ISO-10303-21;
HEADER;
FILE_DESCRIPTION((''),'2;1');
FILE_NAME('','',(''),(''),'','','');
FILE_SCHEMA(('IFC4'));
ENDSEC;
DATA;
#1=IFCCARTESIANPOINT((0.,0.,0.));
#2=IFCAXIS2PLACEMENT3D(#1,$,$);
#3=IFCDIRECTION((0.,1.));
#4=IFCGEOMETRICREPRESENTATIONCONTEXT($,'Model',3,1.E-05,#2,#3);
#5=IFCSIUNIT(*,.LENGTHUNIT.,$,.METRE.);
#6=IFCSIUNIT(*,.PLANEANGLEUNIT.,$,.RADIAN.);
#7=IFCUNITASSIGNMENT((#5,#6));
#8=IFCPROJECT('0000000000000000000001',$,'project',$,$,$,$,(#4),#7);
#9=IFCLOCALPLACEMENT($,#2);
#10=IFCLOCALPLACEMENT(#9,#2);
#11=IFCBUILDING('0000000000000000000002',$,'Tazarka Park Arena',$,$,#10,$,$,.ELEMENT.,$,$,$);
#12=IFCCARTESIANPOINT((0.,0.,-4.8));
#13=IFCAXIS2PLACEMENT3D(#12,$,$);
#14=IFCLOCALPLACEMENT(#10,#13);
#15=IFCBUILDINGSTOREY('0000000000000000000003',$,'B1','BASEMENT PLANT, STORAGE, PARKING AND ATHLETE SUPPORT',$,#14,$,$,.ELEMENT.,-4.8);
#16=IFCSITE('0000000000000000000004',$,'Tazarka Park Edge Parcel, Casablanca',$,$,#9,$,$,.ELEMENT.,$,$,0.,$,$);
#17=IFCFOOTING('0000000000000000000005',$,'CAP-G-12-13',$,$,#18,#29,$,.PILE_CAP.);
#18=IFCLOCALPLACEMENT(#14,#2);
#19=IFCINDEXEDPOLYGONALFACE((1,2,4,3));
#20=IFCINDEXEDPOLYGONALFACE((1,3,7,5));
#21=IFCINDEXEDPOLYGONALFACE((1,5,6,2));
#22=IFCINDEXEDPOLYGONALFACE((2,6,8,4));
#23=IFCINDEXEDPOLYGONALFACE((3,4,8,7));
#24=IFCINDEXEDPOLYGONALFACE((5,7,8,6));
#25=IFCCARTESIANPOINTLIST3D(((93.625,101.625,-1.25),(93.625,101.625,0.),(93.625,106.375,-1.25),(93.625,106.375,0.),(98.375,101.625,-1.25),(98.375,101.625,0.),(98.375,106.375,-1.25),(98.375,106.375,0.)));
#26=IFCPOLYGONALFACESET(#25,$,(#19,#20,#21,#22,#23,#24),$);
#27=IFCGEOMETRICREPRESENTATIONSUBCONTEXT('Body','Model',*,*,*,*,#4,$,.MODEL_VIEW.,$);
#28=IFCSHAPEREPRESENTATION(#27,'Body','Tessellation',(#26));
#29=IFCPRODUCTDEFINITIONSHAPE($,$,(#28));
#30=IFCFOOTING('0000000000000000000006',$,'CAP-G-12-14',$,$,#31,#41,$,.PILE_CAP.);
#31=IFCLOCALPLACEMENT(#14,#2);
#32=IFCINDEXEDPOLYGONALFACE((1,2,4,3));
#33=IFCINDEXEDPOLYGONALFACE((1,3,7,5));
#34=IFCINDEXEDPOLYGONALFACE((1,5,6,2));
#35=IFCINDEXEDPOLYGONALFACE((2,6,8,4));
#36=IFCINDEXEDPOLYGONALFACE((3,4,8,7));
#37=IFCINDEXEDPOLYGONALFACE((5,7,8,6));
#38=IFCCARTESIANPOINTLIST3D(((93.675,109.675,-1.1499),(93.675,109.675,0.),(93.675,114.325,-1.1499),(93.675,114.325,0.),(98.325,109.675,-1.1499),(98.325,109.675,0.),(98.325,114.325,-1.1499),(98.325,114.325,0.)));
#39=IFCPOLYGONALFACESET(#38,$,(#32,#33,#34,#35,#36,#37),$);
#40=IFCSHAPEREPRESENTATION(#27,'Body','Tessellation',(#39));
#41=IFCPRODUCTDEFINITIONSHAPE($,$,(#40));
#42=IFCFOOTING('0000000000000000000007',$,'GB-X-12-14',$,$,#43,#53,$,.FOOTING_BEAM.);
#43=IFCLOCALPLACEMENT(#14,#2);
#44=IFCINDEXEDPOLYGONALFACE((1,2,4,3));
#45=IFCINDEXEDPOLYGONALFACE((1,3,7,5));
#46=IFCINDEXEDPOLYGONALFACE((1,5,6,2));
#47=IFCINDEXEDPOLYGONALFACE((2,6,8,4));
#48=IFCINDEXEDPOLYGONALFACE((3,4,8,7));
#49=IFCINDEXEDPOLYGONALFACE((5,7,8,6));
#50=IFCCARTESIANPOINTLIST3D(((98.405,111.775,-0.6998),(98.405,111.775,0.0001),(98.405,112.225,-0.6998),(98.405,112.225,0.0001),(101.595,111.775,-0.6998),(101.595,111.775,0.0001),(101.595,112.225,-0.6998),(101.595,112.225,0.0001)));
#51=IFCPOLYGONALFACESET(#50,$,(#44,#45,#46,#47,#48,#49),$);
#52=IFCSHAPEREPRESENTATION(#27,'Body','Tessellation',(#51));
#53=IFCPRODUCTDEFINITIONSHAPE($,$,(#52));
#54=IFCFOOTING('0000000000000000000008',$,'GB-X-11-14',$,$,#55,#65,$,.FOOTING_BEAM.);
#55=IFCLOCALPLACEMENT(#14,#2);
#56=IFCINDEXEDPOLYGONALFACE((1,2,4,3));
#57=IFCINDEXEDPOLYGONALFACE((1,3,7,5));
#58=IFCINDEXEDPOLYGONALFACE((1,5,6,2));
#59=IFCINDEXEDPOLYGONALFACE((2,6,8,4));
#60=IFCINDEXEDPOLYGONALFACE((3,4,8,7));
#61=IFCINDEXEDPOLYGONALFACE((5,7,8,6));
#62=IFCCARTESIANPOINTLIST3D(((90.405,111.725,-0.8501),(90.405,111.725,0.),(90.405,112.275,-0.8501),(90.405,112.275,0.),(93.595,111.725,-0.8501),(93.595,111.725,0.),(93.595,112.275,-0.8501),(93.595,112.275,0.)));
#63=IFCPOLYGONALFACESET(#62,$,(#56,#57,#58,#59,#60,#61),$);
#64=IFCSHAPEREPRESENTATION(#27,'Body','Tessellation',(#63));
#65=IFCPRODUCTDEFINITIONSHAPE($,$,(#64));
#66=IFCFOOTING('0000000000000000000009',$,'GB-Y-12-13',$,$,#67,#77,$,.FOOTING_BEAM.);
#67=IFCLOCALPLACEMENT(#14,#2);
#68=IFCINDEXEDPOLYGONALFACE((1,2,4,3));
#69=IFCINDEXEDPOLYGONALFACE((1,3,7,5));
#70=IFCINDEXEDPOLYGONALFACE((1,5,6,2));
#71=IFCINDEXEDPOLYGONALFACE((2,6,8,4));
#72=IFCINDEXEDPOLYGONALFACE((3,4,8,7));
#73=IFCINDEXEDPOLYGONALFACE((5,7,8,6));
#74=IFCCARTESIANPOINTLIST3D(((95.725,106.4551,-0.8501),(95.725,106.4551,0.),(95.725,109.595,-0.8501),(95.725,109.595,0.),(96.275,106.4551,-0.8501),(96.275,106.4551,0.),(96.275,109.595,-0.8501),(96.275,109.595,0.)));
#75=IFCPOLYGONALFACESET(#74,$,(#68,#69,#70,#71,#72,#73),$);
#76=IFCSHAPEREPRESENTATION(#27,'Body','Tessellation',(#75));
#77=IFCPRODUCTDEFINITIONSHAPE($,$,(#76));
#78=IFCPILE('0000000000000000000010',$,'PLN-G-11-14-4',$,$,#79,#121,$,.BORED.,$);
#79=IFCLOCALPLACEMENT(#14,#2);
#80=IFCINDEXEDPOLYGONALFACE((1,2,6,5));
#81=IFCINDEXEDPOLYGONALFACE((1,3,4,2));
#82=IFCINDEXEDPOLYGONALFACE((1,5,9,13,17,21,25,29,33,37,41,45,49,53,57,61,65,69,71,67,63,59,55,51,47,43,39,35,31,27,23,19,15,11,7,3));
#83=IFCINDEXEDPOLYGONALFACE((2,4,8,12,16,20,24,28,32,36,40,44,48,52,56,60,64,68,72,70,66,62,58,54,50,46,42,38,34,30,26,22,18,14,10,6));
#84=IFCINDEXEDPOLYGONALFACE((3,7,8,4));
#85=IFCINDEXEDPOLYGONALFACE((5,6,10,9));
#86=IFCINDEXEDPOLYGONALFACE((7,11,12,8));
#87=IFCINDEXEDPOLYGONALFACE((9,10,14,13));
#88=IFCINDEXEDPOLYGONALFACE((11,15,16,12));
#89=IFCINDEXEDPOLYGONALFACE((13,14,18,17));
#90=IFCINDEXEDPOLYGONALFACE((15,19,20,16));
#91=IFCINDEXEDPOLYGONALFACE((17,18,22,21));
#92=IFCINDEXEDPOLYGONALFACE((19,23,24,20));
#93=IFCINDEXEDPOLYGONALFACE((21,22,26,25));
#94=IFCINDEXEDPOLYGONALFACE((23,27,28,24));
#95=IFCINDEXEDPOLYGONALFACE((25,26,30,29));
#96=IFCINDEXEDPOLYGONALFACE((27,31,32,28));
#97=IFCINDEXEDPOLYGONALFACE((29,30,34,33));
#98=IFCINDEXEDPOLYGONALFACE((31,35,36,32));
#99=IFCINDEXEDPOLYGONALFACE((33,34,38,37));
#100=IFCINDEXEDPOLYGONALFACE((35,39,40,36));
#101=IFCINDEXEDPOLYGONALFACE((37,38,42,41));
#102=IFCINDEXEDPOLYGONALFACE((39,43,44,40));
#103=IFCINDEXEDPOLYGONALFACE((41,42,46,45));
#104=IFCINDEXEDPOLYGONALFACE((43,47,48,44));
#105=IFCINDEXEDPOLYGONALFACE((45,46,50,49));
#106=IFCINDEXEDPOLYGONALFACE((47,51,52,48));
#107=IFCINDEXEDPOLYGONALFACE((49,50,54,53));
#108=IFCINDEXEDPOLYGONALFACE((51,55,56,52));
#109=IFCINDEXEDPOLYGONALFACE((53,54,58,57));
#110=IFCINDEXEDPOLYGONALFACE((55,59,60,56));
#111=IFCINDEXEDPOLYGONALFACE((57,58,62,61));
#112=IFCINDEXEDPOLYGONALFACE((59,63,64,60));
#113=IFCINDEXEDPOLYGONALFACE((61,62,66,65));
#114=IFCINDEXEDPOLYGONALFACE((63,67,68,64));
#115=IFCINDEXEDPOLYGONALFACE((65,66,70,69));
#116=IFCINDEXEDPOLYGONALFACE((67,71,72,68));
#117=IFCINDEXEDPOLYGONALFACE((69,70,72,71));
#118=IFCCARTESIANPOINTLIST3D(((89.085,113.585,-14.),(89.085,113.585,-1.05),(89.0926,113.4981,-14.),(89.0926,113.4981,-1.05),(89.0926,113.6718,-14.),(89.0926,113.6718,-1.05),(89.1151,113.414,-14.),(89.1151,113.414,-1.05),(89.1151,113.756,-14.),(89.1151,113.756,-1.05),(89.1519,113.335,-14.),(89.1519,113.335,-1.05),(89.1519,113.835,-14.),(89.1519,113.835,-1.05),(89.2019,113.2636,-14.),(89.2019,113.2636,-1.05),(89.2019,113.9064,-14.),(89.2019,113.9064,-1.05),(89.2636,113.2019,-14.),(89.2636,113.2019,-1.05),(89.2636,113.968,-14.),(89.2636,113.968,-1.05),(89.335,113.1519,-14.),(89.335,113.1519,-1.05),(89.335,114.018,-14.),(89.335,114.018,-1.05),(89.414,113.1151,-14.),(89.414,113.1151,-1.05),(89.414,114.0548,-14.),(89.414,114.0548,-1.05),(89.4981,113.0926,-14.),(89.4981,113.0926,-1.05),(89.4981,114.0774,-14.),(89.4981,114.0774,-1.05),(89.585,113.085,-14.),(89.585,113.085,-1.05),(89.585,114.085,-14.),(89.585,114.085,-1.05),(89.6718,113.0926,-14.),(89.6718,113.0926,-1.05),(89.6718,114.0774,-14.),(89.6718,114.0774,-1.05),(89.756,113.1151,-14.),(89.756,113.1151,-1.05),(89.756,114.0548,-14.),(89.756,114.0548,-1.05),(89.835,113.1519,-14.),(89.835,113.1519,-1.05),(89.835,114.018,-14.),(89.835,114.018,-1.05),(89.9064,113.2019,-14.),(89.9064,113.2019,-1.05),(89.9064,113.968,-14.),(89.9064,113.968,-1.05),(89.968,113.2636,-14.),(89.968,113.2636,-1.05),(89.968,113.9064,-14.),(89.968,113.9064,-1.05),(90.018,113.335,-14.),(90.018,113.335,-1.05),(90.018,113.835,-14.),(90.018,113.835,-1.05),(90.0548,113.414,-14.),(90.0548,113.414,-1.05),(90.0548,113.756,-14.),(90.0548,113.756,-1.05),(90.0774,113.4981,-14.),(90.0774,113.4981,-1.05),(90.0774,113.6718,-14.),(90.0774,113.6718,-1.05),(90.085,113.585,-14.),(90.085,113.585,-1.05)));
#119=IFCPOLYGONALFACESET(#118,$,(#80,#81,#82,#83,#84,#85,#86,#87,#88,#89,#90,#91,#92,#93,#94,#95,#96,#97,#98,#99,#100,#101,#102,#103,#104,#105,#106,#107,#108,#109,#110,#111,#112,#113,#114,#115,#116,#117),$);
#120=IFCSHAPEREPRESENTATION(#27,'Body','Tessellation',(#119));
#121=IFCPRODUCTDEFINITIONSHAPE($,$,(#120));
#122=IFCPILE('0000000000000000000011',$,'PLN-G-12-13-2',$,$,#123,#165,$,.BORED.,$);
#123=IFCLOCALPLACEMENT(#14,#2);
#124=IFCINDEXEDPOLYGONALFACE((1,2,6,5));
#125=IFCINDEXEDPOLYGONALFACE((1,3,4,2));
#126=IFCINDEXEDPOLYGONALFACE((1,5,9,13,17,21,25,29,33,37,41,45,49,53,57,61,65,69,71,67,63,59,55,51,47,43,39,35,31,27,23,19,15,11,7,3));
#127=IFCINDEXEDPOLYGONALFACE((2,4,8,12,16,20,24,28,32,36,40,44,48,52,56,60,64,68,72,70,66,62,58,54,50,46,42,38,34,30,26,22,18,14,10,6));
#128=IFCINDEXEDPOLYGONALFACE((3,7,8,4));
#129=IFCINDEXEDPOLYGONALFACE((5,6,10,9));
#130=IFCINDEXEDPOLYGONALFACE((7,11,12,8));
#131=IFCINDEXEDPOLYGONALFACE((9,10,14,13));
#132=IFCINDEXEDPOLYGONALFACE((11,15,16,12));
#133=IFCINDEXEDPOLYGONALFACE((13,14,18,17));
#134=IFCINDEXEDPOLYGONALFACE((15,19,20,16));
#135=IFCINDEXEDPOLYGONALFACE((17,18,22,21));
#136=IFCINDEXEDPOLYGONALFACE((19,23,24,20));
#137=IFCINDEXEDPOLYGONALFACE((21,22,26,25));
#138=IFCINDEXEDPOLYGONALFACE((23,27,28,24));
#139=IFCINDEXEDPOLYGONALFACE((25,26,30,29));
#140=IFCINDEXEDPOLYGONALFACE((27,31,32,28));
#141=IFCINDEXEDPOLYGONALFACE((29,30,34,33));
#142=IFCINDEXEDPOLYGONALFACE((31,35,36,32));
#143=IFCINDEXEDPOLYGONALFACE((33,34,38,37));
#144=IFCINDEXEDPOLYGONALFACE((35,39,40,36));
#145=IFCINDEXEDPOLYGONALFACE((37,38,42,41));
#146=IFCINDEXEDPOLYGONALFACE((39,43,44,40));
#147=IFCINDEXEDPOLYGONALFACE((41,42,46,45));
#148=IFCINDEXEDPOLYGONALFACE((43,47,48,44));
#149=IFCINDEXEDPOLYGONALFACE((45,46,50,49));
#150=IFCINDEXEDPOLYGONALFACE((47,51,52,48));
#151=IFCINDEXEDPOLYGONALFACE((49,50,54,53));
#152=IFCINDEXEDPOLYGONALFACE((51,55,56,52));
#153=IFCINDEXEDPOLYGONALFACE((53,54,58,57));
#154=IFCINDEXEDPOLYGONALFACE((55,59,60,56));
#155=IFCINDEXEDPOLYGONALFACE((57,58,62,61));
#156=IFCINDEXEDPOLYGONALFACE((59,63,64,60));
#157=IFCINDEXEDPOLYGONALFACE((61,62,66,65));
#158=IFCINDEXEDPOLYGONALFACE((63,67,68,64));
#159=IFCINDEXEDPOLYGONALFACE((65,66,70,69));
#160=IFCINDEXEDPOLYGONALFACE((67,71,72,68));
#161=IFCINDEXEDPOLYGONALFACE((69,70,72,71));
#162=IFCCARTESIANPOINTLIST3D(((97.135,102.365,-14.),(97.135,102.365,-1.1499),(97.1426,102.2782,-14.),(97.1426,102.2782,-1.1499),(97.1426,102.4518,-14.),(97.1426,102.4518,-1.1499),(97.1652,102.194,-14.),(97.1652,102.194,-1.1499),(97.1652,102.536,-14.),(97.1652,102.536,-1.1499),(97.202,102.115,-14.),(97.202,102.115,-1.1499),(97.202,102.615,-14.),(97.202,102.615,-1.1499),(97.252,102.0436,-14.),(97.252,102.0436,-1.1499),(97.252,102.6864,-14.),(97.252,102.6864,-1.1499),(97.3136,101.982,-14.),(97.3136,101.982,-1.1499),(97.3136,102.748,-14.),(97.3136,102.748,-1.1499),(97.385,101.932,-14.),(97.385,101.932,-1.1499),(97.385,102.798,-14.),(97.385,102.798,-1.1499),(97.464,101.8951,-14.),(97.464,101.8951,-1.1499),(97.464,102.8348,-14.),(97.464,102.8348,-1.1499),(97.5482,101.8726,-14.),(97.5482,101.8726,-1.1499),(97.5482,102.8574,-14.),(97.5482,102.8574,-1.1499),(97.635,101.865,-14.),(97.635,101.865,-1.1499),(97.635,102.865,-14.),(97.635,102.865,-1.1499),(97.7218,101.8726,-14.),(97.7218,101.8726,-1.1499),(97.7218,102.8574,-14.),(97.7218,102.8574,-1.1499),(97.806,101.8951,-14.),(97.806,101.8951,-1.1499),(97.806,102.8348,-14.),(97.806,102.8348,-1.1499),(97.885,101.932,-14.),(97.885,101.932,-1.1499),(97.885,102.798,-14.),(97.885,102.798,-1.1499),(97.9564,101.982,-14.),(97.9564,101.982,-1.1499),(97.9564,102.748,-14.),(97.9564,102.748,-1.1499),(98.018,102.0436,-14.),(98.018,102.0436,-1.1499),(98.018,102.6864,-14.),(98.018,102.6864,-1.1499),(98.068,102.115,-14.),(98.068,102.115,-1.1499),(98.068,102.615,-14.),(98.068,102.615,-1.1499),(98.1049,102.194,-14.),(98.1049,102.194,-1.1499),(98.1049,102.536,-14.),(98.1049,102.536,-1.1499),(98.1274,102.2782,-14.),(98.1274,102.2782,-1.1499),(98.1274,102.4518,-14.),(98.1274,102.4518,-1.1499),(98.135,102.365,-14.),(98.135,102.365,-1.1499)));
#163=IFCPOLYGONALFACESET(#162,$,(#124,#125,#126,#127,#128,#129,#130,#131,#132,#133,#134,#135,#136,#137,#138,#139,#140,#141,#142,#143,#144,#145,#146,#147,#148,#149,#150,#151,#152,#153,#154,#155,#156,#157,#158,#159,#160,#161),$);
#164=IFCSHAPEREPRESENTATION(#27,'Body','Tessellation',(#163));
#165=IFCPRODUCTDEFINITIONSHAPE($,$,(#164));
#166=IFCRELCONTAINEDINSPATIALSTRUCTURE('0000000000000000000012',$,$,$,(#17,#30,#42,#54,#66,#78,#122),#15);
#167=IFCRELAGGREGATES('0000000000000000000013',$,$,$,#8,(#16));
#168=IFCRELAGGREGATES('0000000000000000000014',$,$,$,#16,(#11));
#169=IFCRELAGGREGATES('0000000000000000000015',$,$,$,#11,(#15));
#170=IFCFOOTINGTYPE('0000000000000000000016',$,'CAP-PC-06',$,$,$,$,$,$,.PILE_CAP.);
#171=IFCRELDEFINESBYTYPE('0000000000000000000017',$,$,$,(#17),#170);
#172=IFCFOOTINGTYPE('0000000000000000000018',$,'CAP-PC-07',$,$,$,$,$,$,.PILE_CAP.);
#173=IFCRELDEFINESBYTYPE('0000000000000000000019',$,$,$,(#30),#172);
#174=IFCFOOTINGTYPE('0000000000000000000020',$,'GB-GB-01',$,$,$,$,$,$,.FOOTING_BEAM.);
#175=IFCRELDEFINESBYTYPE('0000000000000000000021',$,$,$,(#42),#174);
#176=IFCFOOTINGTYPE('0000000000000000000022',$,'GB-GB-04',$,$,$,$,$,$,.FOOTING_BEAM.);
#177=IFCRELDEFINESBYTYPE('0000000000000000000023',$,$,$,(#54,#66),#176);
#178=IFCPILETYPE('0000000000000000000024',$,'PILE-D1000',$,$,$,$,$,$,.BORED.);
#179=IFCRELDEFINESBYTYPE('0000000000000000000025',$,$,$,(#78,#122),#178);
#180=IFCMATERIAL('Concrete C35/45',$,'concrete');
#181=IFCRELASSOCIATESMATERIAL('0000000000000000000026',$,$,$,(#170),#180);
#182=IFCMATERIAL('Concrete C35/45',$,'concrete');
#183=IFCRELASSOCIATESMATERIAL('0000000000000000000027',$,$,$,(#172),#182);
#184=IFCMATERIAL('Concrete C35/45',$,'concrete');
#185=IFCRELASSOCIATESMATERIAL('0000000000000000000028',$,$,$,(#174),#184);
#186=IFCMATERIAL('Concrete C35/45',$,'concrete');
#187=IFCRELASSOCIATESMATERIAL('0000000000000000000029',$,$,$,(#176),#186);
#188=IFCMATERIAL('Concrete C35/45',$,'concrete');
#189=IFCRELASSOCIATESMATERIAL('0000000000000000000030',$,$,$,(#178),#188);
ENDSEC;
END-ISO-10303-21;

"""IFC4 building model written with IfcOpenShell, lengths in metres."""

from ifc_helpers import new_model, si_unit, direction, frame, origin, origin_2d, place, context, subcontext, project, spatial, rectangle, circle, extrude, material, material_profile, profile_set, type_object, element, save


model = new_model("IFC4")

# Units and contexts
model_context = context("Model", 3, precision=1e-05, world=origin(), true_north=direction((0.0, 1.0)))
body_context = subcontext(model_context, "Body", "Model", "MODEL_VIEW")
ifc_project = project(units=[si_unit("LENGTHUNIT", "METRE"), si_unit("PLANEANGLEUNIT", "RADIAN")], contexts=[model_context])

# Site, building, storey
site_placement = place(None, origin())
site = spatial("IfcSite", under=ifc_project, at=site_placement, Name="Tazarka Park Edge Parcel, Casablanca", CompositionType="ELEMENT", RefElevation=0.0)
building_placement = place(site_placement, origin())
building = spatial("IfcBuilding", under=site, at=building_placement, Name="Tazarka Park Arena", CompositionType="ELEMENT")
storey_placement = place(building_placement, frame((0.0, 0.0, -4.8)))
storey = spatial("IfcBuildingStorey", under=building, at=storey_placement, Name="B1", Description="BASEMENT PLANT, STORAGE, PARKING AND ATHLETE SUPPORT", CompositionType="ELEMENT", Elevation=-4.8)

# Footings
ifc_material_1 = material(Name="Concrete C35/45", Category="concrete")
footing_type_1 = type_object("IfcFootingType", Name="CAP-PC-06", PredefinedType="PILE_CAP", material=ifc_material_1)
footing_1_placement = place(storey_placement, frame((96.0, 104.0, -1.25), z_axis=(0.0, 0.0, 1.0), x_axis=(1.0, 0.0, 0.0)))
element("IfcFooting", 1, at=footing_1_placement, inside=storey, type_object=footing_type_1, Name="CAP-G-12-13", PredefinedType="PILE_CAP", context=body_context, shape_type="SweptSolid", body=[
    extrude(rectangle(XDim=4.75, YDim=4.75, at=origin_2d()), origin(), (0.0, 0.0, 1.0), 1.25),
])
ifc_material_2 = material(Name="Concrete C35/45", Category="concrete")
footing_type_2 = type_object("IfcFootingType", Name="CAP-PC-07", PredefinedType="PILE_CAP", material=ifc_material_2)
footing_2_placement = place(storey_placement, frame((96.0, 112.0, -1.1499), z_axis=(0.0, 0.0, 1.0), x_axis=(1.0, 0.0, 0.0)))
element("IfcFooting", 2, at=footing_2_placement, inside=storey, type_object=footing_type_2, Name="CAP-G-12-14", PredefinedType="PILE_CAP", context=body_context, shape_type="SweptSolid", body=[
    extrude(rectangle(XDim=4.6499, YDim=4.6499, at=origin_2d()), origin(), (0.0, 0.0, 1.0), 1.1499),
])
ifc_material_3 = material(Name="Concrete C35/45", Category="concrete")
ifc_material_profile_1 = material_profile(ifc_material_3, rectangle(XDim=0.45, YDim=0.7, at=origin_2d()), Name="Concrete C35/45")
ifc_profile_set_1 = profile_set([ifc_material_profile_1], Name="Concrete C35/45")
footing_type_3 = type_object("IfcFootingType", Name="GB-GB-01", PredefinedType="FOOTING_BEAM", material=ifc_profile_set_1)
footing_3_placement = place(storey_placement, frame((98.405, 112.0, -0.3499), z_axis=(1.0, 0.0, 0.0), x_axis=(0.0, 1.0, 0.0)))
element("IfcFooting", 3, at=footing_3_placement, inside=storey, type_object=footing_type_3, Name="GB-X-12-14", PredefinedType="FOOTING_BEAM", context=body_context, shape_type="SweptSolid", body=[
    extrude(rectangle(XDim=0.45, YDim=0.7, at=origin_2d()), origin(), (0.0, 0.0, 1.0), 3.1899),
])
ifc_material_4 = material(Name="Concrete C35/45", Category="concrete")
ifc_material_profile_2 = material_profile(ifc_material_4, rectangle(XDim=0.55, YDim=0.8501, at=origin_2d()), Name="Concrete C35/45")
ifc_profile_set_2 = profile_set([ifc_material_profile_2], Name="Concrete C35/45")
footing_type_4 = type_object("IfcFootingType", Name="GB-GB-04", PredefinedType="FOOTING_BEAM", material=ifc_profile_set_2)
footing_4_placement = place(storey_placement, frame((90.405, 112.0, -0.425), z_axis=(1.0, 0.0, 0.0), x_axis=(0.0, 1.0, 0.0)))
element("IfcFooting", 4, at=footing_4_placement, inside=storey, type_object=footing_type_4, Name="GB-X-11-14", PredefinedType="FOOTING_BEAM", context=body_context, shape_type="SweptSolid", body=[
    extrude(rectangle(XDim=0.55, YDim=0.8501, at=origin_2d()), origin(), (0.0, 0.0, 1.0), 3.1899),
])
footing_5_placement = place(storey_placement, frame((96.0, 106.4551, -0.425), z_axis=(0.0, 1.0, 0.0), x_axis=(-1.0, 0.0, 0.0)))
element("IfcFooting", 5, at=footing_5_placement, inside=storey, type_object=footing_type_4, Name="GB-Y-12-13", PredefinedType="FOOTING_BEAM", context=body_context, shape_type="SweptSolid", body=[
    extrude(rectangle(XDim=0.55, YDim=0.8501, at=origin_2d()), origin(), (0.0, 0.0, 1.0), 3.1399),
])

# Piles
ifc_material_5 = material(Name="Concrete C35/45", Category="concrete")
ifc_material_profile_3 = material_profile(ifc_material_5, circle(Radius=0.5, at=origin_2d()), Name="Concrete C35/45")
ifc_profile_set_3 = profile_set([ifc_material_profile_3], Name="Concrete C35/45")
pile_type_1 = type_object("IfcPileType", Name="PILE-D1000", PredefinedType="BORED", material=ifc_profile_set_3)
pile_1_placement = place(storey_placement, frame((89.585, 113.585, -1.05), z_axis=(0.0, 0.0, -1.0), x_axis=(1.0, 0.0, 0.0)))
element("IfcPile", 6, at=pile_1_placement, inside=storey, type_object=pile_type_1, Name="PLN-G-11-14-4", PredefinedType="BORED", context=body_context, shape_type="SweptSolid", body=[
    extrude(circle(Radius=0.5, at=origin_2d()), origin(), (0.0, 0.0, 1.0), 12.95),
])
for number, where, z_axis, x_axis, name in (
    (7, (97.635, 102.365, -1.1499), (0.0, 0.0, -1.0), (1.0, 0.0, 0.0), "PLN-G-12-13-2"),
):
    element("IfcPile", number, at=place(storey_placement, frame(where, z_axis=z_axis, x_axis=x_axis)), inside=storey, type_object=pile_type_1, Name=name, PredefinedType="BORED", context=body_context, shape_type="SweptSolid", body=[
        extrude(circle(Radius=0.5, at=origin_2d()), origin(), (0.0, 0.0, 1.0), 12.8501),
    ])

save(model, "model.ifc")
